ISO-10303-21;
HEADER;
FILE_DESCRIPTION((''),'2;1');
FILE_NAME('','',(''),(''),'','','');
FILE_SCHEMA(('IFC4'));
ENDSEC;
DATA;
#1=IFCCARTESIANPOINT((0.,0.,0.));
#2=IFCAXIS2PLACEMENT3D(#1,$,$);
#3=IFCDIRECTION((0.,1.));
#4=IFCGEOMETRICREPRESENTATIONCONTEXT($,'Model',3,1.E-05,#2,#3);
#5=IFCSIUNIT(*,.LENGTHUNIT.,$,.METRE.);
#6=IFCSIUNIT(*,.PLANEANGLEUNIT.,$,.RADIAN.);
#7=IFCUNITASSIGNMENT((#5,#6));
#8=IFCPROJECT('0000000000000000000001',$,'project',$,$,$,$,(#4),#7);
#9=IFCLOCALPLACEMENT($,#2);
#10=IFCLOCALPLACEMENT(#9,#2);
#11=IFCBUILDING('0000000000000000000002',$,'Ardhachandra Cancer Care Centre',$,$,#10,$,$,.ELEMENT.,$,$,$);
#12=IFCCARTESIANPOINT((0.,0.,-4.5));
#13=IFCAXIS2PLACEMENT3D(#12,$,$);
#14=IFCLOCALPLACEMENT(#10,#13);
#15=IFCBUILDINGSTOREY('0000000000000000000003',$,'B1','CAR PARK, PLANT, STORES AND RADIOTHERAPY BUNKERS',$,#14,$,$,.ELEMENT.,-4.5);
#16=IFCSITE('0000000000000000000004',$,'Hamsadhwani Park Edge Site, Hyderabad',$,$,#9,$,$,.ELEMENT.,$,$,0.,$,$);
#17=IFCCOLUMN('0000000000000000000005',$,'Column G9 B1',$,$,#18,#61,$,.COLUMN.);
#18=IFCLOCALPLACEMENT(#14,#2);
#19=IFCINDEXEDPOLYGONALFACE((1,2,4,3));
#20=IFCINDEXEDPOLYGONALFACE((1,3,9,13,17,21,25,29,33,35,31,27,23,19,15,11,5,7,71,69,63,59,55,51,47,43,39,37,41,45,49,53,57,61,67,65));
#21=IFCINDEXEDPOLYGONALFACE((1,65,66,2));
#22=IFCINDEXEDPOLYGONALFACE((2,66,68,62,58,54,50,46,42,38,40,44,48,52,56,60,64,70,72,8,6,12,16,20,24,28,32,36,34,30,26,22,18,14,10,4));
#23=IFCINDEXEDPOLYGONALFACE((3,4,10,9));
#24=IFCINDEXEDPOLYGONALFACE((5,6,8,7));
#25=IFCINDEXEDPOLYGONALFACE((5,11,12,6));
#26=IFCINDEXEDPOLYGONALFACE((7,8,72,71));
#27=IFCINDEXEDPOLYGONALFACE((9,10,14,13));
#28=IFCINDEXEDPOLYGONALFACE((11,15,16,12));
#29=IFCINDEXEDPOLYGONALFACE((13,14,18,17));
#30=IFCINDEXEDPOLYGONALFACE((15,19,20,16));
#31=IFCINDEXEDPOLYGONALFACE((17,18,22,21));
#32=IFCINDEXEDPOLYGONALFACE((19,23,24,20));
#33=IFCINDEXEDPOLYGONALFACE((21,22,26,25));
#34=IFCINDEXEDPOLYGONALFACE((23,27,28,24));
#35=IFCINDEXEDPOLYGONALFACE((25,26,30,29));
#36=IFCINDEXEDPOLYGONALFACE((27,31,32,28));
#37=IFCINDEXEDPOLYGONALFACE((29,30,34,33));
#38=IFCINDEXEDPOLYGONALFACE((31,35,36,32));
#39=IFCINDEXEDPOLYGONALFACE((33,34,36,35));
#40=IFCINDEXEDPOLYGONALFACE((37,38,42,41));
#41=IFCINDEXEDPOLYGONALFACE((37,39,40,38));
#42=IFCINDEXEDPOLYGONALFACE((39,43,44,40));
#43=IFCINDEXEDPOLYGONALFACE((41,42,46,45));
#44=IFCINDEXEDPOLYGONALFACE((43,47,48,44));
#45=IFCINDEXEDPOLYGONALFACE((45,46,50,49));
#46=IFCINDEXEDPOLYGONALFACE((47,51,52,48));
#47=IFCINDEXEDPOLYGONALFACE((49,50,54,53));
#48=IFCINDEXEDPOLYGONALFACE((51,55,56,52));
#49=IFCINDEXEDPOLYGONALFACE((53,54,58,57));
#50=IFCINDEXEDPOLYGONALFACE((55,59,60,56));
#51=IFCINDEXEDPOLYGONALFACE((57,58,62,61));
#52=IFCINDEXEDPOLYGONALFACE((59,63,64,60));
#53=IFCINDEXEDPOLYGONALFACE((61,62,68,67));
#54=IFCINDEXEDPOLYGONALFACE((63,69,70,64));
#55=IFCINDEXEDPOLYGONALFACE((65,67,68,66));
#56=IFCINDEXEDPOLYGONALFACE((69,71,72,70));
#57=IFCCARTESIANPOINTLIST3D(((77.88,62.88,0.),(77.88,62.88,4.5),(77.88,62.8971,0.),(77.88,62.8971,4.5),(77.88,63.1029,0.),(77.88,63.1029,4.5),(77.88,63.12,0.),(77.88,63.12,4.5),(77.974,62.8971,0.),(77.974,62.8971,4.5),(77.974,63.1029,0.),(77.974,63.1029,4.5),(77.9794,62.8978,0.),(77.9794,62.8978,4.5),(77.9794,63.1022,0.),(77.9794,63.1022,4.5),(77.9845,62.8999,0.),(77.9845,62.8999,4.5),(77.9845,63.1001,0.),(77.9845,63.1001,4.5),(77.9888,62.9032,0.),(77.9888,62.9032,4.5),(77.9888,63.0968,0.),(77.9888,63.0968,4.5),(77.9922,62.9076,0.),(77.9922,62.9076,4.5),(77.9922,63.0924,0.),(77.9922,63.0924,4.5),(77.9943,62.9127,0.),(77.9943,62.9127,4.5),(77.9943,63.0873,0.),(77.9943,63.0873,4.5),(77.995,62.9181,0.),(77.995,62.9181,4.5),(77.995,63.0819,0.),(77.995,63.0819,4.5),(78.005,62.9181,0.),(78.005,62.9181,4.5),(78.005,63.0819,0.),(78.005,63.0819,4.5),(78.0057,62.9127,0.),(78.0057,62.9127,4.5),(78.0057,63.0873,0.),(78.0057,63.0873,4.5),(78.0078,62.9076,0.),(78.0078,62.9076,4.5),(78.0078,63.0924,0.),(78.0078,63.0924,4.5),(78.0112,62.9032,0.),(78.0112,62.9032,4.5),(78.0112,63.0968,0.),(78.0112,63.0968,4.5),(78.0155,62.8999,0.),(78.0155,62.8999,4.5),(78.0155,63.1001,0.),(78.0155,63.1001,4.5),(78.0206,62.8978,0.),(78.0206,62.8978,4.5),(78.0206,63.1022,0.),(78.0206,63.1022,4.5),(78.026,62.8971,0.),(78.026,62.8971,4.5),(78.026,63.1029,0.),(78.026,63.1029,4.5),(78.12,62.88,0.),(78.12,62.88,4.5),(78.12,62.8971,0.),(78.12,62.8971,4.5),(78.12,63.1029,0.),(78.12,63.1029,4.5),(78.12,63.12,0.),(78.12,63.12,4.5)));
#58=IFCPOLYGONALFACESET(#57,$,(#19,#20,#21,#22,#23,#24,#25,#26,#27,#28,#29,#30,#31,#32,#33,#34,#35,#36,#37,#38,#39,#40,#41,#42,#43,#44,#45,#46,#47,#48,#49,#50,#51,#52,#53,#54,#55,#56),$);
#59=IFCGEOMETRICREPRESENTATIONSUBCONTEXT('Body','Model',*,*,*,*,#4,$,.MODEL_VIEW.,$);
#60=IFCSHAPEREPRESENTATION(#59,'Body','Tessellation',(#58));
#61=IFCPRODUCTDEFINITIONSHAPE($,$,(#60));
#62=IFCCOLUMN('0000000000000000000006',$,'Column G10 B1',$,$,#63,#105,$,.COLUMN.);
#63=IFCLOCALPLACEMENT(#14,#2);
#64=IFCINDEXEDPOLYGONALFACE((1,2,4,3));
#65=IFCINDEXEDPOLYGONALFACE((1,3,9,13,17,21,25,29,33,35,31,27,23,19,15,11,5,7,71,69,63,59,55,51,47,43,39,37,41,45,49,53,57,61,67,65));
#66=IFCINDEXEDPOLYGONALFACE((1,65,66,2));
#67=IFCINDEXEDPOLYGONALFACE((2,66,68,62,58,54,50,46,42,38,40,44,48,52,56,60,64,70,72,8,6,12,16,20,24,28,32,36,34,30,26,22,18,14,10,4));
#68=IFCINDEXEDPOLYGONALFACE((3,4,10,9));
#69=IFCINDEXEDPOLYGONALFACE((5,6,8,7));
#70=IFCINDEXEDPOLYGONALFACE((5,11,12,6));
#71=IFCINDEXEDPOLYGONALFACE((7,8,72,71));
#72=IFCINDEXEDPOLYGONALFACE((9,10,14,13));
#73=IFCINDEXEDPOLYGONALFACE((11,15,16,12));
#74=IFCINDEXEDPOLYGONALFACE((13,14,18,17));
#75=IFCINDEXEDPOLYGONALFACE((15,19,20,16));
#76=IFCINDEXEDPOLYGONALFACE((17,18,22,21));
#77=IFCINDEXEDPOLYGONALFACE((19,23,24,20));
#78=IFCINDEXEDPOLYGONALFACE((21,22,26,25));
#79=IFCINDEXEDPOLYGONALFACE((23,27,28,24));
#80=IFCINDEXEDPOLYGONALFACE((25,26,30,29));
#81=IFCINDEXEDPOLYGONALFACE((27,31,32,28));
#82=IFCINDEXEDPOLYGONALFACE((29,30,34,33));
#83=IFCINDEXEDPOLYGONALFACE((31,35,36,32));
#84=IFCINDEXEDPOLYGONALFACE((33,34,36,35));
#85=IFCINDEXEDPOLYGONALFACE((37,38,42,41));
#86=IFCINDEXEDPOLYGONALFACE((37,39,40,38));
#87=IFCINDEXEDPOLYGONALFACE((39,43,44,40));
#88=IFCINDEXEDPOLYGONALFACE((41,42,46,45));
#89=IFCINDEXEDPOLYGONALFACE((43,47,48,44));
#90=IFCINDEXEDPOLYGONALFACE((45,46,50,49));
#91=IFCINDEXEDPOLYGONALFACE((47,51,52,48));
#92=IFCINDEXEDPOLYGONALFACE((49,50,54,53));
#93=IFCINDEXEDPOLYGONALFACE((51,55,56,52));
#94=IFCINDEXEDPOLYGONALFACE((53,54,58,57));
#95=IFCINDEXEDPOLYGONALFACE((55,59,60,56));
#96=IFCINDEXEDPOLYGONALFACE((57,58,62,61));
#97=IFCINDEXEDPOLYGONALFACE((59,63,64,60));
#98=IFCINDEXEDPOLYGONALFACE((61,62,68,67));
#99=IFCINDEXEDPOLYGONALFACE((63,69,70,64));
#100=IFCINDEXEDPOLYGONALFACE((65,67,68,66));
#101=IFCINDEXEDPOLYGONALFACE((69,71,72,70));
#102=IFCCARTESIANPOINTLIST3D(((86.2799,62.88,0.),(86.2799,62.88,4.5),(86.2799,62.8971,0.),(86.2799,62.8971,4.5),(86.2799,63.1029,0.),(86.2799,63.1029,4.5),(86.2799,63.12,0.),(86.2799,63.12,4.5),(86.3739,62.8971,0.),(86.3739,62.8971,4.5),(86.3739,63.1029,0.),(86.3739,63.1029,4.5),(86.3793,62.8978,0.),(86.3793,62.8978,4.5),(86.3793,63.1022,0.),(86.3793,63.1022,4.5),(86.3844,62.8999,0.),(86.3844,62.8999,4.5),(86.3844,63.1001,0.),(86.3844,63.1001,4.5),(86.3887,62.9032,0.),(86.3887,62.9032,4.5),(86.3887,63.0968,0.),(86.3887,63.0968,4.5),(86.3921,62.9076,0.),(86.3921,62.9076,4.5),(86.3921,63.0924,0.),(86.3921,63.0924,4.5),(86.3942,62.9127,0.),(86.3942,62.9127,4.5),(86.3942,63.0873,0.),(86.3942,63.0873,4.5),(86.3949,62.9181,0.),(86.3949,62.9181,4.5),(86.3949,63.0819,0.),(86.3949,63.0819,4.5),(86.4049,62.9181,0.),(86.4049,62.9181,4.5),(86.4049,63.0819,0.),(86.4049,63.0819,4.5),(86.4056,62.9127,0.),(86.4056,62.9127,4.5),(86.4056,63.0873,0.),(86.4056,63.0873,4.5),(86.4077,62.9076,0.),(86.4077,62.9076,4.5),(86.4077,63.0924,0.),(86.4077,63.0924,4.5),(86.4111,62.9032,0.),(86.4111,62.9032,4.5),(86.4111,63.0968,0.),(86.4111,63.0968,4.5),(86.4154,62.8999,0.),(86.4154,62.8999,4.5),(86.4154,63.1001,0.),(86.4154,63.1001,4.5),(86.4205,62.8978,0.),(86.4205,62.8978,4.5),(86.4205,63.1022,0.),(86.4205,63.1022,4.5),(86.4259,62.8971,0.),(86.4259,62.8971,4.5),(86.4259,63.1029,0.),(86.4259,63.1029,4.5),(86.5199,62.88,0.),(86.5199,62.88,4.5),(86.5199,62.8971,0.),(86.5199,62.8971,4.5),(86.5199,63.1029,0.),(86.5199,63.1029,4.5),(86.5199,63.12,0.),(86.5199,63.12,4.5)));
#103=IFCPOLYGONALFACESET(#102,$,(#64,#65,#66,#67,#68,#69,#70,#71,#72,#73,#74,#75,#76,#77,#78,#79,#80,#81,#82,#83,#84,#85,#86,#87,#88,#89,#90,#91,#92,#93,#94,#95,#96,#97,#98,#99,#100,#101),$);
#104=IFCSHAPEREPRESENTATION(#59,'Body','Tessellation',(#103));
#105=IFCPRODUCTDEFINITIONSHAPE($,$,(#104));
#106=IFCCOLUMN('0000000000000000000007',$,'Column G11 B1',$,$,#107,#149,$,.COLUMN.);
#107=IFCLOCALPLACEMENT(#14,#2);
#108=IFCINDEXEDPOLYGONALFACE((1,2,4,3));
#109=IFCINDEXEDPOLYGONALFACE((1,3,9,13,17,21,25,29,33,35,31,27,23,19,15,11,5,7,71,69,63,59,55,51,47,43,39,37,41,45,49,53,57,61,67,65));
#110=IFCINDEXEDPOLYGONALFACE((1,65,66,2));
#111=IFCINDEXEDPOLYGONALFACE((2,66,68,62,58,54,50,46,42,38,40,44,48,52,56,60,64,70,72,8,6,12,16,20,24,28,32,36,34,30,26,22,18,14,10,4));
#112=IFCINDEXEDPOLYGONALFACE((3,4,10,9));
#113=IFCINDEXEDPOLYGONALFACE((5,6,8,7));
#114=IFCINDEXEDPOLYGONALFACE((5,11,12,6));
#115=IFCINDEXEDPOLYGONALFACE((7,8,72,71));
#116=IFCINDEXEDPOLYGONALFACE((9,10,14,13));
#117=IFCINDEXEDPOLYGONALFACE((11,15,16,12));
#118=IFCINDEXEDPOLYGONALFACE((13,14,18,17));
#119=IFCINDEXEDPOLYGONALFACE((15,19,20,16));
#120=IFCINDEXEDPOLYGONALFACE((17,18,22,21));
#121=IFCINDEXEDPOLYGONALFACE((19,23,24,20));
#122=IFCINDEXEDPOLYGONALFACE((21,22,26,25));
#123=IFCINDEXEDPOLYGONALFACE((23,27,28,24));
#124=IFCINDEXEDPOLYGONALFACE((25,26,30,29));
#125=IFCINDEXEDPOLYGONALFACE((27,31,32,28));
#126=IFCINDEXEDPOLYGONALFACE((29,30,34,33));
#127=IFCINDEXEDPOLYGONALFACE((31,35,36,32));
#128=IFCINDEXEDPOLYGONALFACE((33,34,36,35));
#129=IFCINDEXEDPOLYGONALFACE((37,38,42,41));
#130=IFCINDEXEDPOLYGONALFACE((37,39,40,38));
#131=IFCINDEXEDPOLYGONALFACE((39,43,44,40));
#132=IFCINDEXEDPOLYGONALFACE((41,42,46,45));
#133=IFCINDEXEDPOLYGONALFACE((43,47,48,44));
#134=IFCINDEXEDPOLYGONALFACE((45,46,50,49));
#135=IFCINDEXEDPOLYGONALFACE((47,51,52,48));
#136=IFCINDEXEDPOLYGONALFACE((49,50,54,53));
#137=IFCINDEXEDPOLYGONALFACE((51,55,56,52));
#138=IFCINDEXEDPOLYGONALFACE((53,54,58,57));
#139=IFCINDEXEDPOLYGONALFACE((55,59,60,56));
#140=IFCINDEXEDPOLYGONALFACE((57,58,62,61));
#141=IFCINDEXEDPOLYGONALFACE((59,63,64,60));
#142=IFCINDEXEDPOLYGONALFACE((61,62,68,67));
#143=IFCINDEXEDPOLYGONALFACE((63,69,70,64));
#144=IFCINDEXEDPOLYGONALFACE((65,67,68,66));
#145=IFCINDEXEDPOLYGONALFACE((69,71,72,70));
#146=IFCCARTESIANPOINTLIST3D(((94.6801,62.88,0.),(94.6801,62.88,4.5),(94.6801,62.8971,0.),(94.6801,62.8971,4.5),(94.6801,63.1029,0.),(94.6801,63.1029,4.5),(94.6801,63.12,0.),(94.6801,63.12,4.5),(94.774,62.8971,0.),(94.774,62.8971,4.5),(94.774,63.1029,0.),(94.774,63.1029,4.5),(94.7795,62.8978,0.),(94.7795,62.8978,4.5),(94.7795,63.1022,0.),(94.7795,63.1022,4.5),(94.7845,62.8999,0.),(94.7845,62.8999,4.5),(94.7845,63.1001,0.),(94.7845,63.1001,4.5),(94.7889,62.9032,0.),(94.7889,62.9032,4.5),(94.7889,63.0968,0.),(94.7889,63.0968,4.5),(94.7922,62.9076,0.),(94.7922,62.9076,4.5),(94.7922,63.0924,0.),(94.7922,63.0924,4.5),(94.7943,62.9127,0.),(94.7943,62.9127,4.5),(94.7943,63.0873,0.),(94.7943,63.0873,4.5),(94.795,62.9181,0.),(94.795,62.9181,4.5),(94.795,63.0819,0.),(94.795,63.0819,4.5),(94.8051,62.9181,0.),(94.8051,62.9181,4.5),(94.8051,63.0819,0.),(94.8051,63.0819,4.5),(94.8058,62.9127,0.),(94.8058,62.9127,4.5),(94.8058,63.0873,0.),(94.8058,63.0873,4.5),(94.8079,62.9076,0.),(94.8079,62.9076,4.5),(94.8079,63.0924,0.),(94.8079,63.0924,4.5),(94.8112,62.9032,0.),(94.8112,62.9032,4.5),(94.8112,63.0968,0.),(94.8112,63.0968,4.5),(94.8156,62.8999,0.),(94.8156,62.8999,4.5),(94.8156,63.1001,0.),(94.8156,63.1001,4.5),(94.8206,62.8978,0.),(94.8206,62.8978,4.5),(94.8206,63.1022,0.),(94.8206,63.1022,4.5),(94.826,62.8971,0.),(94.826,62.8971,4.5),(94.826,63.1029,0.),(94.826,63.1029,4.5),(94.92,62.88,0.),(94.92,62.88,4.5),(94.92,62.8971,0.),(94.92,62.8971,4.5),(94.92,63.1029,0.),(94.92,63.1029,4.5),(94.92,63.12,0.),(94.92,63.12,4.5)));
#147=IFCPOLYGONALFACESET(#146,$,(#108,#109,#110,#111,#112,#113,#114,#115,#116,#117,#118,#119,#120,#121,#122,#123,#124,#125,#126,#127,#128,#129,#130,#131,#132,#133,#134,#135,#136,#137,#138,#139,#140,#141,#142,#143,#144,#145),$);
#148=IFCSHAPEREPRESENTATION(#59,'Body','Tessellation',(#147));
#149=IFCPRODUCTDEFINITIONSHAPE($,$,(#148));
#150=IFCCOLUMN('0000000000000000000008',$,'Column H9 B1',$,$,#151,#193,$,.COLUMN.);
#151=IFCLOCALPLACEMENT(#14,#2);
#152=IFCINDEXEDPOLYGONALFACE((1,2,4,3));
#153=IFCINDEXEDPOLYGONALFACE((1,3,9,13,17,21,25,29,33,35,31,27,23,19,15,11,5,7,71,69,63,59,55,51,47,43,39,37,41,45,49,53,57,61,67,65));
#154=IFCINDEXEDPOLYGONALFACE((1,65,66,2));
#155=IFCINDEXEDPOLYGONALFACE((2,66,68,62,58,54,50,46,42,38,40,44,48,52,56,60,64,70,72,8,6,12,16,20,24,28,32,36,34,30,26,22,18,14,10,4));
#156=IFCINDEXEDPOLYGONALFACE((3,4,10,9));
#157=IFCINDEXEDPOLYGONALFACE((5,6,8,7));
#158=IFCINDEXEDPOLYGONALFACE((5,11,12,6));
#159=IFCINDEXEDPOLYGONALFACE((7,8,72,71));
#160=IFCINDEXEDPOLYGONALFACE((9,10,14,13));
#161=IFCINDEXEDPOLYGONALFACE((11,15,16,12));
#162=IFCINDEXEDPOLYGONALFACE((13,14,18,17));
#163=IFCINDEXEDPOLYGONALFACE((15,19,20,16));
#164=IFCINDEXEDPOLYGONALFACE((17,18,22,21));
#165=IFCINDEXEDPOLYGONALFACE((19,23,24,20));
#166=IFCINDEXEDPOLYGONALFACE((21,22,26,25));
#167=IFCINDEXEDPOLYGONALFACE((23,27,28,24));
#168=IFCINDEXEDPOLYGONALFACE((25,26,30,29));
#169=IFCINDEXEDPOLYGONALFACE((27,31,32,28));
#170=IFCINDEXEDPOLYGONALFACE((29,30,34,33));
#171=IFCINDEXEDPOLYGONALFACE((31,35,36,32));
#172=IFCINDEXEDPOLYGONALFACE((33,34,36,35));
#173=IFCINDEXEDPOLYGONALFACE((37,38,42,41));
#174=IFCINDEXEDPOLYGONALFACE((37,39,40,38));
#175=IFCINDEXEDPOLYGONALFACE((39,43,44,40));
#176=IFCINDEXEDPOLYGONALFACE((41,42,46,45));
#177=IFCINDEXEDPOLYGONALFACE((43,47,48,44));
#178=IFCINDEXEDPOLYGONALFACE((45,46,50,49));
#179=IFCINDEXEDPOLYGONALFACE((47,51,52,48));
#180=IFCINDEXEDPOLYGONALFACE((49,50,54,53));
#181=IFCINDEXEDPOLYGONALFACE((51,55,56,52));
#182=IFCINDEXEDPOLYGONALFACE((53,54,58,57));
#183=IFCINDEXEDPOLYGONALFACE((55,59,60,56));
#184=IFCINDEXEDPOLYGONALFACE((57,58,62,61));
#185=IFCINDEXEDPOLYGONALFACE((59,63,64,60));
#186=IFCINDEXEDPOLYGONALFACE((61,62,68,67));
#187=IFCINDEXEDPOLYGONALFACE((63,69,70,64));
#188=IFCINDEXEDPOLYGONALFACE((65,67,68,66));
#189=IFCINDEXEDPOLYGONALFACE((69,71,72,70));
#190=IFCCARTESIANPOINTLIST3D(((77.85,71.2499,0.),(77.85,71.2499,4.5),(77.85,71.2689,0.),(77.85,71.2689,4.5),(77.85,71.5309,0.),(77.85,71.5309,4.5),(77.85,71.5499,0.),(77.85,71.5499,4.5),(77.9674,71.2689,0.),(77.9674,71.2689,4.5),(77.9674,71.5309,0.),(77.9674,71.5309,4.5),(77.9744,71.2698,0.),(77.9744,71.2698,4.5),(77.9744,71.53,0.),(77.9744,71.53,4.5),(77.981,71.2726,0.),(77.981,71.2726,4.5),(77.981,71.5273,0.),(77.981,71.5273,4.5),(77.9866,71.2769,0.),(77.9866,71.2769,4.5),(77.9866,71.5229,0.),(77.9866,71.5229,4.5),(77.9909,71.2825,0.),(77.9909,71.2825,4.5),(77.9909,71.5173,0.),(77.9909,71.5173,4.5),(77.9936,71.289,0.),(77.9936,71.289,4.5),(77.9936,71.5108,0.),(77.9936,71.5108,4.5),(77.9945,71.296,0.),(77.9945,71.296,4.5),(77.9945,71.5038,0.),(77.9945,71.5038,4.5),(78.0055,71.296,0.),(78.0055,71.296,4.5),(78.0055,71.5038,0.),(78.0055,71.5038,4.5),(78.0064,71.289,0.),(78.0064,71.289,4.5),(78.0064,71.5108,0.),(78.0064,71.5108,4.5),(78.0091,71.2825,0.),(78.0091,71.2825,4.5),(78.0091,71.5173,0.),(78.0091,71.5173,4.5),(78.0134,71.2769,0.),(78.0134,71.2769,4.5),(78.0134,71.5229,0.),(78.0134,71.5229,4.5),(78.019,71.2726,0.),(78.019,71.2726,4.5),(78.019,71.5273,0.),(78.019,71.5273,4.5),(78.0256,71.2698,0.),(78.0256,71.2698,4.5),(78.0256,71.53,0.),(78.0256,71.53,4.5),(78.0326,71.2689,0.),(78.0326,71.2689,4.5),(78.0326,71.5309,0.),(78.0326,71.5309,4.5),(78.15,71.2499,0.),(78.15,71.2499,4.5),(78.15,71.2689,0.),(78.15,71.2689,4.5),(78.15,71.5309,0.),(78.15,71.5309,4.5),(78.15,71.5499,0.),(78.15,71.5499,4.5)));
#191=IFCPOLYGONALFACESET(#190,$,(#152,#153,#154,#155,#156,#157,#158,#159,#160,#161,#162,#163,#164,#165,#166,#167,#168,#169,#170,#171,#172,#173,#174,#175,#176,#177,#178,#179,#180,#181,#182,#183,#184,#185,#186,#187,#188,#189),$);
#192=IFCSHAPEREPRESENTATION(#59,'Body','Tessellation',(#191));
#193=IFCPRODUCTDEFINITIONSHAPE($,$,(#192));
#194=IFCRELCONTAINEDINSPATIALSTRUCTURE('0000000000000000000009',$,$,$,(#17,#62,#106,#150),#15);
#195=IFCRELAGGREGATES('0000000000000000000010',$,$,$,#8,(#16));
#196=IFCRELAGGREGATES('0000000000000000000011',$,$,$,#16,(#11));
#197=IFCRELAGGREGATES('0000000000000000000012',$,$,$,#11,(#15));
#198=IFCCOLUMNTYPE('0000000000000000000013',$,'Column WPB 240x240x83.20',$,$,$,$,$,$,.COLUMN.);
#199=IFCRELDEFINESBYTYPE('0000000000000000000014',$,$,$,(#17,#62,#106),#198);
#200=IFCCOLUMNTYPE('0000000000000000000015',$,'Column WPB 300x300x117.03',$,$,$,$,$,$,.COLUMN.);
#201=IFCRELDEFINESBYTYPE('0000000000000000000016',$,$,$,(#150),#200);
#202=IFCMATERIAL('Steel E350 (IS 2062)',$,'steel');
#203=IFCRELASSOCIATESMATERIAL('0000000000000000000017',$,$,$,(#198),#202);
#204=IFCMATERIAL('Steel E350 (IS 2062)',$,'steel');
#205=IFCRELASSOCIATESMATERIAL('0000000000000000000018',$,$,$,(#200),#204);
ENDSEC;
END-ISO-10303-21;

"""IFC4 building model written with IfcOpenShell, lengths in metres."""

from ifc_helpers import new_model, si_unit, direction, frame, origin, origin_2d, place, context, subcontext, project, spatial, i_section, extrude, material, material_profile, profile_set, type_object, element, save


model = new_model("IFC4")

# Units and contexts
model_context = context("Model", 3, precision=1e-05, world=origin(), true_north=direction((0.0, 1.0)))
body_context = subcontext(model_context, "Body", "Model", "MODEL_VIEW")
ifc_project = project(units=[si_unit("LENGTHUNIT", "METRE"), si_unit("PLANEANGLEUNIT", "RADIAN")], contexts=[model_context])

# Site, building, storey
site_placement = place(None, origin())
site = spatial("IfcSite", under=ifc_project, at=site_placement, Name="Hamsadhwani Park Edge Site, Hyderabad", CompositionType="ELEMENT", RefElevation=0.0)
building_placement = place(site_placement, origin())
building = spatial("IfcBuilding", under=site, at=building_placement, Name="Ardhachandra Cancer Care Centre", CompositionType="ELEMENT")
storey_placement = place(building_placement, frame((0.0, 0.0, -4.5)))
storey = spatial("IfcBuildingStorey", under=building, at=storey_placement, Name="B1", Description="CAR PARK, PLANT, STORES AND RADIOTHERAPY BUNKERS", CompositionType="ELEMENT", Elevation=-4.5)

# Columns
ifc_material_1 = material(Name="Steel E350 (IS 2062)", Category="steel")
ifc_material_profile_1 = material_profile(ifc_material_1, i_section(OverallWidth=0.24, OverallDepth=0.24, WebThickness=0.01, FlangeThickness=0.0171, FilletRadius=0.021, at=origin_2d()), Name="WPB 240x240x83.20")
ifc_profile_set_1 = profile_set([ifc_material_profile_1], Name="Steel E350 (IS 2062)")
column_type_1 = type_object("IfcColumnType", Name="Column WPB 240x240x83.20", PredefinedType="COLUMN", material=ifc_profile_set_1)
for number, where, z_axis, x_axis, name in (
    (1, (78.0, 63.0, 0.0), (0.0, 0.0, 1.0), (1.0, 0.0, 0.0), "Column G9 B1"),
    (2, (86.3999, 63.0, 0.0), (0.0, 0.0, 1.0), (1.0, 0.0, 0.0), "Column G10 B1"),
    (3, (94.8, 63.0, 0.0), (0.0, 0.0, 1.0), (1.0, 0.0, 0.0), "Column G11 B1"),
):
    element("IfcColumn", number, at=place(storey_placement, frame(where, z_axis=z_axis, x_axis=x_axis)), inside=storey, type_object=column_type_1, Name=name, PredefinedType="COLUMN", context=body_context, shape_type="SweptSolid", body=[
        extrude(i_section(OverallWidth=0.24, OverallDepth=0.24, WebThickness=0.01, FlangeThickness=0.0171, FilletRadius=0.021, at=origin_2d()), origin(), (0.0, 0.0, 1.0), 4.5),
    ])
ifc_material_2 = material(Name="Steel E350 (IS 2062)", Category="steel")
ifc_material_profile_2 = material_profile(ifc_material_2, i_section(OverallWidth=0.3, OverallDepth=0.3, WebThickness=0.011, FlangeThickness=0.019, FilletRadius=0.0271, at=origin_2d()), Name="WPB 300x300x117.03")
ifc_profile_set_2 = profile_set([ifc_material_profile_2], Name="Steel E350 (IS 2062)")
column_type_2 = type_object("IfcColumnType", Name="Column WPB 300x300x117.03", PredefinedType="COLUMN", material=ifc_profile_set_2)
for number, where, z_axis, x_axis, name in (
    (4, (78.0, 71.3999, 0.0), (0.0, 0.0, 1.0), (1.0, 0.0, 0.0), "Column H9 B1"),
):
    element("IfcColumn", number, at=place(storey_placement, frame(where, z_axis=z_axis, x_axis=x_axis)), inside=storey, type_object=column_type_2, Name=name, PredefinedType="COLUMN", context=body_context, shape_type="SweptSolid", body=[
        extrude(i_section(OverallWidth=0.3, OverallDepth=0.3, WebThickness=0.011, FlangeThickness=0.019, FilletRadius=0.0271, at=origin_2d()), origin(), (0.0, 0.0, 1.0), 4.5),
    ])

save(model, "model.ifc")
